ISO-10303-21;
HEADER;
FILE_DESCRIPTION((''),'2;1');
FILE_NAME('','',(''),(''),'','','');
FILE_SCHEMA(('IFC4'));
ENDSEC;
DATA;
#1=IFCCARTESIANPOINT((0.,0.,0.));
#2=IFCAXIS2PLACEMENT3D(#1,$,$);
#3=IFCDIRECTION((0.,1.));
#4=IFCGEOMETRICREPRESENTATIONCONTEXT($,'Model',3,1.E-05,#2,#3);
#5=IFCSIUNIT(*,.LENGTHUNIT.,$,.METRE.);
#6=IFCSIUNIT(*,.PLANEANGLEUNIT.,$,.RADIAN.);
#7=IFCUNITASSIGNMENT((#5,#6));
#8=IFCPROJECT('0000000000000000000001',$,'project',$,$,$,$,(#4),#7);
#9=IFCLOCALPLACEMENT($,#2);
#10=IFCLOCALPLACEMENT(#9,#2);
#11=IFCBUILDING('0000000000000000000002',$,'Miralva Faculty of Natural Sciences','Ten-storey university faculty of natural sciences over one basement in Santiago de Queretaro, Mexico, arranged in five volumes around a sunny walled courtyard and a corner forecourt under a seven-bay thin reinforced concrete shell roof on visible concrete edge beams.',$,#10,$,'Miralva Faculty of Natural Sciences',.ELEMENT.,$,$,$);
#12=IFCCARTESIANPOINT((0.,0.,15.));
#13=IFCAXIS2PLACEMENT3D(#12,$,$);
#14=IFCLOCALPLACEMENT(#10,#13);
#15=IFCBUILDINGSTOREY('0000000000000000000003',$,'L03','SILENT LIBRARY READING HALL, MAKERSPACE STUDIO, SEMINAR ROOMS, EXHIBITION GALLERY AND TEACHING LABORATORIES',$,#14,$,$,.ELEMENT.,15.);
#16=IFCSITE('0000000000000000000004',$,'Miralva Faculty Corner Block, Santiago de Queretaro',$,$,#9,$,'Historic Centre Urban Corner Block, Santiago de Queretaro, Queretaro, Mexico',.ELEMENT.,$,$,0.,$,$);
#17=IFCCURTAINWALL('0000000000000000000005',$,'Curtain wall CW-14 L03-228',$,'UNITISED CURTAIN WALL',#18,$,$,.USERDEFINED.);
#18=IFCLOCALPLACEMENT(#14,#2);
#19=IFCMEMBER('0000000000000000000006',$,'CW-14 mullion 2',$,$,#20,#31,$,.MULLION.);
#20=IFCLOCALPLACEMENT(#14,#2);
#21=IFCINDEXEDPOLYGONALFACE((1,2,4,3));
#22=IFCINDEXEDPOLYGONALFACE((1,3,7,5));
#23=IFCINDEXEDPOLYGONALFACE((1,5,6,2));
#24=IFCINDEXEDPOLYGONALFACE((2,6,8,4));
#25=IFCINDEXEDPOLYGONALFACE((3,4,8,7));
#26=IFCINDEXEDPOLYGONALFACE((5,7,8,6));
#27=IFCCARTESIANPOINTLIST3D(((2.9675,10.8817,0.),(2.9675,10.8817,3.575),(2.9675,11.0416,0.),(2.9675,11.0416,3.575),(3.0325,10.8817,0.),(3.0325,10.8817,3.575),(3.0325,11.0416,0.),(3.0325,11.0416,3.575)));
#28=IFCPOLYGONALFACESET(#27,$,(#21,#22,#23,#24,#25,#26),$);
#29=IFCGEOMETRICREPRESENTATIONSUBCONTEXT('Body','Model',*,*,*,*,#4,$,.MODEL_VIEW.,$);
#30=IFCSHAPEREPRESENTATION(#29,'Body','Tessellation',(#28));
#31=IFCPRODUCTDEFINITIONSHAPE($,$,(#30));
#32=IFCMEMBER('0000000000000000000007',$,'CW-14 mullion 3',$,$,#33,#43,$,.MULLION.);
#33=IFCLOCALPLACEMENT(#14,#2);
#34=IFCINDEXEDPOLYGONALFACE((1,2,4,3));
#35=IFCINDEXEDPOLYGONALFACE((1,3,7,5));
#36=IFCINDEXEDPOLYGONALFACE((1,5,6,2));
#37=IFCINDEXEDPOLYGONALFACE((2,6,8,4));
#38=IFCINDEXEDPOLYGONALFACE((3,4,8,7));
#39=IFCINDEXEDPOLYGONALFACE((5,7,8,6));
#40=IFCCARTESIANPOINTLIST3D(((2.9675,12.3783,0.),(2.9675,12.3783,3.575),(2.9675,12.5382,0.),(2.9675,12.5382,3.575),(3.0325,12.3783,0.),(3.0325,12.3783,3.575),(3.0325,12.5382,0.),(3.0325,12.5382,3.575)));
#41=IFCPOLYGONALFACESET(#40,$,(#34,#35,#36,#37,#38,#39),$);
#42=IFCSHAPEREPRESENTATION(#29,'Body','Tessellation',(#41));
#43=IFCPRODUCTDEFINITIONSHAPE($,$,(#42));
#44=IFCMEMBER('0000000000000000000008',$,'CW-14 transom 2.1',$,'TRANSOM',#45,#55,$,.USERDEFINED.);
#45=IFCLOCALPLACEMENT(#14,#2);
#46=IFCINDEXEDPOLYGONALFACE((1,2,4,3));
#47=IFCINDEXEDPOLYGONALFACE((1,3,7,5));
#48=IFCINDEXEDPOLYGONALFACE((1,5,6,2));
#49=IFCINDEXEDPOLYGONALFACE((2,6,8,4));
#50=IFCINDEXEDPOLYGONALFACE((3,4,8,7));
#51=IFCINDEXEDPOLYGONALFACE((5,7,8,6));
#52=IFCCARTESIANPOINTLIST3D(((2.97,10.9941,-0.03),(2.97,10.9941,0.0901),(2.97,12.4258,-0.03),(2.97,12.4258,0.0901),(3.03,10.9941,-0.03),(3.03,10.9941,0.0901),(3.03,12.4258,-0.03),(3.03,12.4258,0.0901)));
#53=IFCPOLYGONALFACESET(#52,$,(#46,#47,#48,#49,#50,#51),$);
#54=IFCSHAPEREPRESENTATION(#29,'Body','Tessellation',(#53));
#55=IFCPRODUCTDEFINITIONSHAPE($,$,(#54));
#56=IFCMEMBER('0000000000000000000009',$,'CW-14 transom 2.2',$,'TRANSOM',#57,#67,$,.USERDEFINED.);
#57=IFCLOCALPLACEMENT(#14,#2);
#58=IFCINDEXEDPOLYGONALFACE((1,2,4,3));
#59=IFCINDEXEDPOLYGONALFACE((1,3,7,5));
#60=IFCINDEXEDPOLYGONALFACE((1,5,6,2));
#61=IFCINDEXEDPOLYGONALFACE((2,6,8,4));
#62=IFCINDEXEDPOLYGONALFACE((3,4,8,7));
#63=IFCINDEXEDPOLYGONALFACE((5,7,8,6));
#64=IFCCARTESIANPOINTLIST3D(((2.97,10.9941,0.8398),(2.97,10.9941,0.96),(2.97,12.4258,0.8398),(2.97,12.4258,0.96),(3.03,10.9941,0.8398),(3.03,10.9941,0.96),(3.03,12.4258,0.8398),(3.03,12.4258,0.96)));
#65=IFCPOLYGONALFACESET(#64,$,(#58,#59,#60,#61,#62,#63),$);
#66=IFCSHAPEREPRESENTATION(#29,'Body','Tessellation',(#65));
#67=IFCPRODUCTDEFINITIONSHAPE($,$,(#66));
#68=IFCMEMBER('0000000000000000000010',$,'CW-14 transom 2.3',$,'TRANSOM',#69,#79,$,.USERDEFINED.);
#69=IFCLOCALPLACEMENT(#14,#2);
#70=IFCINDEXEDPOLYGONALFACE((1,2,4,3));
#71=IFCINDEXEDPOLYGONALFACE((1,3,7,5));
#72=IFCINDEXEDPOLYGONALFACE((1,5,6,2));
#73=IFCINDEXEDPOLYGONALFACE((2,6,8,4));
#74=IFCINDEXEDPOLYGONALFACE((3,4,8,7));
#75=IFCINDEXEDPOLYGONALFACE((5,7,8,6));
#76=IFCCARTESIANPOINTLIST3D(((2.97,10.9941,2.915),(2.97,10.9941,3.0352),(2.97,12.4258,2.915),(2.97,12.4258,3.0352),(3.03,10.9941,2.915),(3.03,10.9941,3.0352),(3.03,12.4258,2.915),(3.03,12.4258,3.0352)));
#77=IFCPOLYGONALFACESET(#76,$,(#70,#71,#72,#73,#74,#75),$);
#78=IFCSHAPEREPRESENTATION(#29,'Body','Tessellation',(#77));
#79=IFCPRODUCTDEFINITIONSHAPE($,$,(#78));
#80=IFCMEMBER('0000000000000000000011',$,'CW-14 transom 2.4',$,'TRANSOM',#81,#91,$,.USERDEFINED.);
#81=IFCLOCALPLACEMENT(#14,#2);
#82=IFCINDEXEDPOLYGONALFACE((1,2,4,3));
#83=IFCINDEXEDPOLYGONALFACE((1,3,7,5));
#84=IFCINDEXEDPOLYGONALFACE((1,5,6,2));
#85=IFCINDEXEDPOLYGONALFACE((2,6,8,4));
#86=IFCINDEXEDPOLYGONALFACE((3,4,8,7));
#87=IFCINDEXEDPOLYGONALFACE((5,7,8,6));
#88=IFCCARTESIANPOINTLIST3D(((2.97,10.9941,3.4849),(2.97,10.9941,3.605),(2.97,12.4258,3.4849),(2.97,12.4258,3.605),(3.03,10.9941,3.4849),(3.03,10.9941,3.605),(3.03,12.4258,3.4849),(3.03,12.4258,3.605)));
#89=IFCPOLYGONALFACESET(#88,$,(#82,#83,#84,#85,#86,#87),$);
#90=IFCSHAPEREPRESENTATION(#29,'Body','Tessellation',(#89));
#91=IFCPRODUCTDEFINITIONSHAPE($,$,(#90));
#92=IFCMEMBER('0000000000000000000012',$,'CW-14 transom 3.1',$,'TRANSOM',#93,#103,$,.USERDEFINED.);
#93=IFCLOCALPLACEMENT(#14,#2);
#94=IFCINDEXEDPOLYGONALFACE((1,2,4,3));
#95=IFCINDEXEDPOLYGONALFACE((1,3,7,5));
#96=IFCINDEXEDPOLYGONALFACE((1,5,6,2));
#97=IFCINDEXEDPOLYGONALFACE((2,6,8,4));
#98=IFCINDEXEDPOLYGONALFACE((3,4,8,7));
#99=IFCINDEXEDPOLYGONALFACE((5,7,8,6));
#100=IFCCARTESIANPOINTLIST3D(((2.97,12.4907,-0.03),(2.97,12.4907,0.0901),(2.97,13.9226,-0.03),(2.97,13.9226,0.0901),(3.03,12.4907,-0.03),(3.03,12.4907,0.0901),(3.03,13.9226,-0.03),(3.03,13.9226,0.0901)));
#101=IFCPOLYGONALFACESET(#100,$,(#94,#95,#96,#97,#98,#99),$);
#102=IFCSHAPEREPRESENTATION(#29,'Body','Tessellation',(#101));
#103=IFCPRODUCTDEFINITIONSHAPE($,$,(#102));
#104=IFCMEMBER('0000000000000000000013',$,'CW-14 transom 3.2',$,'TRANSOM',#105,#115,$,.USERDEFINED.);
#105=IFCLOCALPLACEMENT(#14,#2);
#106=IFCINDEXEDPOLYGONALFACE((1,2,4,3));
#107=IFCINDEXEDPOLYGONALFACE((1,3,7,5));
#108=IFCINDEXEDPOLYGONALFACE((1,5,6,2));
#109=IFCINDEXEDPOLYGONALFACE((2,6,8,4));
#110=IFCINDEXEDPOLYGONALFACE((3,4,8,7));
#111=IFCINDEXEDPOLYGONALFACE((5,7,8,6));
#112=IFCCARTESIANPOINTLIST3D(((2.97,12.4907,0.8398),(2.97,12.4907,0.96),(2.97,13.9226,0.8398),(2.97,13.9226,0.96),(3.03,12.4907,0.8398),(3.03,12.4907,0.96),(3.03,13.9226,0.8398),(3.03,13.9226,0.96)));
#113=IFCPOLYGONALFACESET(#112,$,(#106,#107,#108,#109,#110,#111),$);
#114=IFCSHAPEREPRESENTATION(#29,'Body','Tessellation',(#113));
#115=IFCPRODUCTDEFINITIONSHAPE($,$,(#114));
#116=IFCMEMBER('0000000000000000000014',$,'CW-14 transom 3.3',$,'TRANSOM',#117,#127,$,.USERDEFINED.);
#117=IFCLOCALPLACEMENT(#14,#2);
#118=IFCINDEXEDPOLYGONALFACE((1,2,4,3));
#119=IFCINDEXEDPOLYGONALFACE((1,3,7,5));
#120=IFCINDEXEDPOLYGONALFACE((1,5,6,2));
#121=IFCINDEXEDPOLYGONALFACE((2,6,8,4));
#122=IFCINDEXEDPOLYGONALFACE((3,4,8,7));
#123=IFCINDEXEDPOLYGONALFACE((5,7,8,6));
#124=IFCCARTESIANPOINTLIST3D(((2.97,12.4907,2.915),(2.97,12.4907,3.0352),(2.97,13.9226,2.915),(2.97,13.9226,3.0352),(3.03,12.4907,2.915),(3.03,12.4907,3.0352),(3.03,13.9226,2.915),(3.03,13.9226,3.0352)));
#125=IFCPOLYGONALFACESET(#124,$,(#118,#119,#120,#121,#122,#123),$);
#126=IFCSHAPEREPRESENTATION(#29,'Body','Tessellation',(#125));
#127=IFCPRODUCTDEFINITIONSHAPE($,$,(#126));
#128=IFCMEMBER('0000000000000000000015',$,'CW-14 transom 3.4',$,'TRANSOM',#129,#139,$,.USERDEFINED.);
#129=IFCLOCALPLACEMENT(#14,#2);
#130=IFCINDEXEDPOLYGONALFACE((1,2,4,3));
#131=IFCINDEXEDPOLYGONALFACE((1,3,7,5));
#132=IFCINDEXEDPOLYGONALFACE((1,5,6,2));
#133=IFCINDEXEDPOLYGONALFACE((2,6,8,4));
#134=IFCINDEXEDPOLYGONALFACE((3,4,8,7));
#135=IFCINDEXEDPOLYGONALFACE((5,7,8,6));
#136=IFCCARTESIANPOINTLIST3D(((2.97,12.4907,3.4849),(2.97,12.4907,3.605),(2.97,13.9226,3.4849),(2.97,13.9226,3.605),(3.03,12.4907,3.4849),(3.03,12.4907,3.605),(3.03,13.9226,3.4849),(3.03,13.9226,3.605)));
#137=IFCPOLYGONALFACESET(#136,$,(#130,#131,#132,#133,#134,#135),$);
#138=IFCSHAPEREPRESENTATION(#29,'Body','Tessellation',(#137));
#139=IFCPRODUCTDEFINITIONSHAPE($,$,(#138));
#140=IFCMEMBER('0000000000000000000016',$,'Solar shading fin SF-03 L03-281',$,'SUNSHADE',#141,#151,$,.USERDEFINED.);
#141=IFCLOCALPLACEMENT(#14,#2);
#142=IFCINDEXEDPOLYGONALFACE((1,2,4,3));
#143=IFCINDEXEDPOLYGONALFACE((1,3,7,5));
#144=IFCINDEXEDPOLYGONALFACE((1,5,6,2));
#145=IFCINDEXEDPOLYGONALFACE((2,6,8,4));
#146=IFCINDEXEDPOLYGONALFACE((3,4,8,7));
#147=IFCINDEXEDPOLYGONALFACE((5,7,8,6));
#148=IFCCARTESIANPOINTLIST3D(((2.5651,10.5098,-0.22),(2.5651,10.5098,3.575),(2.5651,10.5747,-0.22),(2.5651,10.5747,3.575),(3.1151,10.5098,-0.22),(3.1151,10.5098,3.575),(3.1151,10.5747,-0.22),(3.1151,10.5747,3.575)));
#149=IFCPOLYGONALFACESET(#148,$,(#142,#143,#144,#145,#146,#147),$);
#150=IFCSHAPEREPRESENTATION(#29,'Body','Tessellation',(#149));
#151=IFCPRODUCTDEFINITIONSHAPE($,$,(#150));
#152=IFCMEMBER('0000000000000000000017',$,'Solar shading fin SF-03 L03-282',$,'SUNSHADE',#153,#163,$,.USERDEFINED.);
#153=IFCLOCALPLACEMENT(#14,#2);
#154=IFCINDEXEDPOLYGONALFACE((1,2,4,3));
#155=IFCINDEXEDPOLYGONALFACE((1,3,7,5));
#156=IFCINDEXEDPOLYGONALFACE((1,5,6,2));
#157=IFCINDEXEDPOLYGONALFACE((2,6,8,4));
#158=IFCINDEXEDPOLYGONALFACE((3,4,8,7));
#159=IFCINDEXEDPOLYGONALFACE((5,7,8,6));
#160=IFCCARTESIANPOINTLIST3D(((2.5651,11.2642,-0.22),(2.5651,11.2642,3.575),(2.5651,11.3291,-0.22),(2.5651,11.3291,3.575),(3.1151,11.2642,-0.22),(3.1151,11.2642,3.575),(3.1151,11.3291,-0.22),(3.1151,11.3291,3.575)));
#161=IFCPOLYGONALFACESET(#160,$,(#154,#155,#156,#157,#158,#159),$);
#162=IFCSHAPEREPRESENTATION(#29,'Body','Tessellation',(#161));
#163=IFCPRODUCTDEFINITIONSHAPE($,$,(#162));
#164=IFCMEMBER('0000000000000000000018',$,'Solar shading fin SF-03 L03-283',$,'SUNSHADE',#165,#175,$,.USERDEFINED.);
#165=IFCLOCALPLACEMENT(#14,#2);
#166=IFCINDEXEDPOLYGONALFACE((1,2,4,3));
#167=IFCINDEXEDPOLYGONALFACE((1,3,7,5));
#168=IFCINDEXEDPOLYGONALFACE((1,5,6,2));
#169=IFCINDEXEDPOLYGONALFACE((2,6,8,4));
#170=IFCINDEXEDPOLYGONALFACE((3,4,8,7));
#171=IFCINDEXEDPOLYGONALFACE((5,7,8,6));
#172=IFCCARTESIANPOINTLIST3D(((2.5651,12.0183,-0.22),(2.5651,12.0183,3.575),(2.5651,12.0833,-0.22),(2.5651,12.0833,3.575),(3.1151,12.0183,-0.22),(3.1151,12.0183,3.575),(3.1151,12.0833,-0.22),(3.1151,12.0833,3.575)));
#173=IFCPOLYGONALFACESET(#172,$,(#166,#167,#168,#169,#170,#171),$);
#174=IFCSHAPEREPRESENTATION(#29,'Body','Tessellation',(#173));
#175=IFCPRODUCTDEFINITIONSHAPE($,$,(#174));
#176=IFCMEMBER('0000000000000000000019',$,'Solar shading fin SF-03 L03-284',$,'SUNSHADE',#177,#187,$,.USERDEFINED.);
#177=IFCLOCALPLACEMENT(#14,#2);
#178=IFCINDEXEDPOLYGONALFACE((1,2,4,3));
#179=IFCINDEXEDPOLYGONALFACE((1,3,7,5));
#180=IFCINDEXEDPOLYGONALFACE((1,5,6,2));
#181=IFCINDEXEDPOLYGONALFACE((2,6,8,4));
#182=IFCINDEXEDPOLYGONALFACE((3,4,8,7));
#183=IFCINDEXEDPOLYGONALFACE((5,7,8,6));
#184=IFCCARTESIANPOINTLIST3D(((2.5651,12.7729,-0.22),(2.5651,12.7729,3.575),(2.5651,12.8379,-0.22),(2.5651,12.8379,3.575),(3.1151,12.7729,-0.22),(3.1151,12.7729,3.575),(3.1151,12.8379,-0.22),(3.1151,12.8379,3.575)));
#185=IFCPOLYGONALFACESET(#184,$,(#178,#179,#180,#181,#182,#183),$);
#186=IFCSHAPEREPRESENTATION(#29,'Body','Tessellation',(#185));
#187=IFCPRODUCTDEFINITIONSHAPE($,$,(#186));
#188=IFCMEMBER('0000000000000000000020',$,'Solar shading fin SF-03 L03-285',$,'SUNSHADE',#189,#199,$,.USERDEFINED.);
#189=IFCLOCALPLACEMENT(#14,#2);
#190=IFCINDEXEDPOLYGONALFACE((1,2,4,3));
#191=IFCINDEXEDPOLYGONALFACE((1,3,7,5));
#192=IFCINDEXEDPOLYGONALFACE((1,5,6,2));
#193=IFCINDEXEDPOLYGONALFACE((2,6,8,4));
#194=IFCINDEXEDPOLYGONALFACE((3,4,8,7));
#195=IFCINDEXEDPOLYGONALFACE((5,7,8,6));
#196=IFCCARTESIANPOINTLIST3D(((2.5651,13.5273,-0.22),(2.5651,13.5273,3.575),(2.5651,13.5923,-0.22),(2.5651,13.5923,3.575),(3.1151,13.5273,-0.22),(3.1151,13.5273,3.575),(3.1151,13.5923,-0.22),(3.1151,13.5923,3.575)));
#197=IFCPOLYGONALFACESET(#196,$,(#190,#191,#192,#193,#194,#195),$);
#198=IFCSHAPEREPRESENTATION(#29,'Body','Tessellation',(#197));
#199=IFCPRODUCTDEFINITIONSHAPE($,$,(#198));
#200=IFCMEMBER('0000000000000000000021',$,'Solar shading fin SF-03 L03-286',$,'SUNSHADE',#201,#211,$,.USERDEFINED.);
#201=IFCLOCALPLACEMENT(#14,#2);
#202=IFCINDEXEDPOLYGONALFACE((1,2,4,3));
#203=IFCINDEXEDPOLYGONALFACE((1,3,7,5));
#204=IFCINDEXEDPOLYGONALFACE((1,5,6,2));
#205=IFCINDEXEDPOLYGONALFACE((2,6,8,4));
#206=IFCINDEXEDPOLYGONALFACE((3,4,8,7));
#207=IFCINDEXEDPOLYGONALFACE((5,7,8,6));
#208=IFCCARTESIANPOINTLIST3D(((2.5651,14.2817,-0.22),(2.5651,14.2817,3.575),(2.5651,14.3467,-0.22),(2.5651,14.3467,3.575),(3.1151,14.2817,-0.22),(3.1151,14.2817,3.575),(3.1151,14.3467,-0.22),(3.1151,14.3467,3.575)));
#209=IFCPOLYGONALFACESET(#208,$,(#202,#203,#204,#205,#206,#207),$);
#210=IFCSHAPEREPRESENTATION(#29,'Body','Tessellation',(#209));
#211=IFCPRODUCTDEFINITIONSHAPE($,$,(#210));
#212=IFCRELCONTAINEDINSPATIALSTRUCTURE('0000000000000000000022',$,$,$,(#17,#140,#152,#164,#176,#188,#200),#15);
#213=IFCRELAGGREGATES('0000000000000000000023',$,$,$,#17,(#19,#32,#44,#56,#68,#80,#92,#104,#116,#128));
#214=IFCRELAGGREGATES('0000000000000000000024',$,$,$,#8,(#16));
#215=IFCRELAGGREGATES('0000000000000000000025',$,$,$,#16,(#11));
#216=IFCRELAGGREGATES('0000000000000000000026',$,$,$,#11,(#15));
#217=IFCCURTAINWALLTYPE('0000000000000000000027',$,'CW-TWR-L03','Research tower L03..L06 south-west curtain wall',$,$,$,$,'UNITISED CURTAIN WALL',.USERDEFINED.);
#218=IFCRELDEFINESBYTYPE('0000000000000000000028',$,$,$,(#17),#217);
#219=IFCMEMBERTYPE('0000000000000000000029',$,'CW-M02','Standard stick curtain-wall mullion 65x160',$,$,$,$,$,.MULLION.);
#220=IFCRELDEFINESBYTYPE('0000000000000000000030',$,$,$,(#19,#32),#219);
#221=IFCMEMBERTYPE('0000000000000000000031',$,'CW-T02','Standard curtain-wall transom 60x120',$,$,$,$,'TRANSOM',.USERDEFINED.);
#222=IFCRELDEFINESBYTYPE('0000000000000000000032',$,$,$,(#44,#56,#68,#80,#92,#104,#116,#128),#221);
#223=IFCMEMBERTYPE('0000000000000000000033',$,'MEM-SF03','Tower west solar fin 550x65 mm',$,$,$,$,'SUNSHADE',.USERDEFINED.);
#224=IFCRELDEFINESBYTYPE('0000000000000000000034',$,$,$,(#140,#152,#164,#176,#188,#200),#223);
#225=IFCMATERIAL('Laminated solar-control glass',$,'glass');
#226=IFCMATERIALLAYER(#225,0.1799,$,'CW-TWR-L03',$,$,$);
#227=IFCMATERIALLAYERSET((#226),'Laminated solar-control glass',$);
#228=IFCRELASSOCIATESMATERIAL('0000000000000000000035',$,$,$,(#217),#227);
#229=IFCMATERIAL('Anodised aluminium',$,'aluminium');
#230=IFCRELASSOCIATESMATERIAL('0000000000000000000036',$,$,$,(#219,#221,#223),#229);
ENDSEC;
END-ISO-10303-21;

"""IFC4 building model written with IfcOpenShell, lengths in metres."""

from ifc_helpers import new_model, si_unit, direction, frame, origin, origin_2d, place, context, subcontext, project, spatial, rectangle, extrude, material, layer, layer_set, material_profile, profile_set, type_object, element, aggregate, save


model = new_model("IFC4")

# Units and contexts
model_context = context("Model", 3, precision=1e-05, world=origin(), true_north=direction((0.0, 1.0)))
body_context = subcontext(model_context, "Body", "Model", "MODEL_VIEW")
ifc_project = project(units=[si_unit("LENGTHUNIT", "METRE"), si_unit("PLANEANGLEUNIT", "RADIAN")], contexts=[model_context])

# Site, building, storey
site_placement = place(None, origin())
site = spatial("IfcSite", under=ifc_project, at=site_placement, Name="Miralva Faculty Corner Block, Santiago de Queretaro", LongName="Historic Centre Urban Corner Block, Santiago de Queretaro, Queretaro, Mexico", CompositionType="ELEMENT", RefElevation=0.0)
building_placement = place(site_placement, origin())
building = spatial("IfcBuilding", under=site, at=building_placement, Name="Miralva Faculty of Natural Sciences", Description="Ten-storey university faculty of natural sciences over one basement in Santiago de Queretaro, Mexico, arranged in five volumes around a sunny walled courtyard and a corner forecourt under a seven-bay thin reinforced concrete shell roof on visible concrete edge beams.", LongName="Miralva Faculty of Natural Sciences", CompositionType="ELEMENT")
storey_placement = place(building_placement, frame((0.0, 0.0, 15.0)))
storey = spatial("IfcBuildingStorey", under=building, at=storey_placement, Name="L03", Description="SILENT LIBRARY READING HALL, MAKERSPACE STUDIO, SEMINAR ROOMS, EXHIBITION GALLERY AND TEACHING LABORATORIES", CompositionType="ELEMENT", Elevation=15.0)

# Curtain wall, members
ifc_material_1 = material(Name="Laminated solar-control glass", Category="glass")
ifc_layer_1 = layer(ifc_material_1, 0.1799, Name="CW-TWR-L03")
ifc_layer_set_1 = layer_set([ifc_layer_1], Name="Laminated solar-control glass")
curtain_wall_type = type_object("IfcCurtainWallType", Name="CW-TWR-L03", Description="Research tower L03..L06 south-west curtain wall", ElementType="UNITISED CURTAIN WALL", PredefinedType="USERDEFINED", material=ifc_layer_set_1)
curtain_wall_placement = place(storey_placement, origin())
curtain_wall = element("IfcCurtainWall", 1, at=curtain_wall_placement, inside=storey, type_object=curtain_wall_type, Name="Curtain wall CW-14 L03-228", ObjectType="UNITISED CURTAIN WALL", PredefinedType="USERDEFINED")
ifc_material_2 = material(Name="Anodised aluminium", Category="aluminium")
ifc_material_profile_1 = material_profile(ifc_material_2, rectangle(XDim=0.0649, YDim=0.1599, at=origin_2d()), Name="MULLION 65x160")
ifc_profile_set_1 = profile_set([ifc_material_profile_1], Name="Anodised aluminium")
member_type_1 = type_object("IfcMemberType", Name="CW-M02", Description="Standard stick curtain-wall mullion 65x160", PredefinedType="MULLION", material=ifc_profile_set_1)
member_1_placement = place(storey_placement, frame((3.0, 10.9617, 0.0), z_axis=(0.0, 0.0, 1.0), x_axis=(-1.0, 0.0, 0.0)))
member_1 = element("IfcMember", 2, at=member_1_placement, type_object=member_type_1, Name="CW-14 mullion 2", PredefinedType="MULLION", context=body_context, shape_type="SweptSolid", body=[
    extrude(rectangle(XDim=0.0649, YDim=0.1599, at=origin_2d()), origin(), (0.0, 0.0, 1.0), 3.575),
])
member_2_placement = place(storey_placement, frame((3.0, 12.4583, 0.0), z_axis=(0.0, 0.0, 1.0), x_axis=(-1.0, 0.0, 0.0)))
member_2 = element("IfcMember", 3, at=member_2_placement, type_object=member_type_1, Name="CW-14 mullion 3", PredefinedType="MULLION", context=body_context, shape_type="SweptSolid", body=[
    extrude(rectangle(XDim=0.0649, YDim=0.1599, at=origin_2d()), origin(), (0.0, 0.0, 1.0), 3.575),
])
ifc_material_profile_2 = material_profile(ifc_material_2, rectangle(XDim=0.0601, YDim=0.1201, at=origin_2d()), Name="TRANSOM 60x120")
ifc_profile_set_2 = profile_set([ifc_material_profile_2], Name="Anodised aluminium")
member_type_2 = type_object("IfcMemberType", Name="CW-T02", Description="Standard curtain-wall transom 60x120", ElementType="TRANSOM", PredefinedType="USERDEFINED", material=ifc_profile_set_2)
member_3_placement = place(storey_placement, frame((3.0, 10.9941, 0.03), z_axis=(0.0, 1.0, 0.0), x_axis=(-1.0, 0.0, 0.0)))
member_3 = element("IfcMember", 4, at=member_3_placement, type_object=member_type_2, Name="CW-14 transom 2.1", ObjectType="TRANSOM", PredefinedType="USERDEFINED", context=body_context, shape_type="SweptSolid", body=[
    extrude(rectangle(XDim=0.0601, YDim=0.1201, at=origin_2d()), origin(), (0.0, 0.0, 1.0), 1.4316),
])
member_4_placement = place(storey_placement, frame((3.0, 10.9941, 0.8999), z_axis=(0.0, 1.0, 0.0), x_axis=(-1.0, 0.0, 0.0)))
member_4 = element("IfcMember", 5, at=member_4_placement, type_object=member_type_2, Name="CW-14 transom 2.2", ObjectType="TRANSOM", PredefinedType="USERDEFINED", context=body_context, shape_type="SweptSolid", body=[
    extrude(rectangle(XDim=0.0601, YDim=0.1201, at=origin_2d()), origin(), (0.0, 0.0, 1.0), 1.4316),
])
member_5_placement = place(storey_placement, frame((3.0, 10.9941, 2.9751), z_axis=(0.0, 1.0, 0.0), x_axis=(-1.0, 0.0, 0.0)))
member_5 = element("IfcMember", 6, at=member_5_placement, type_object=member_type_2, Name="CW-14 transom 2.3", ObjectType="TRANSOM", PredefinedType="USERDEFINED", context=body_context, shape_type="SweptSolid", body=[
    extrude(rectangle(XDim=0.0601, YDim=0.1201, at=origin_2d()), origin(), (0.0, 0.0, 1.0), 1.4316),
])
member_6_placement = place(storey_placement, frame((3.0, 10.9941, 3.5449), z_axis=(0.0, 1.0, 0.0), x_axis=(-1.0, 0.0, 0.0)))
member_6 = element("IfcMember", 7, at=member_6_placement, type_object=member_type_2, Name="CW-14 transom 2.4", ObjectType="TRANSOM", PredefinedType="USERDEFINED", context=body_context, shape_type="SweptSolid", body=[
    extrude(rectangle(XDim=0.0601, YDim=0.1201, at=origin_2d()), origin(), (0.0, 0.0, 1.0), 1.4316),
])
member_7_placement = place(storey_placement, frame((3.0, 12.4907, 0.03), z_axis=(0.0, 1.0, 0.0), x_axis=(-1.0, 0.0, 0.0)))
member_7 = element("IfcMember", 8, at=member_7_placement, type_object=member_type_2, Name="CW-14 transom 3.1", ObjectType="TRANSOM", PredefinedType="USERDEFINED", context=body_context, shape_type="SweptSolid", body=[
    extrude(rectangle(XDim=0.0601, YDim=0.1201, at=origin_2d()), origin(), (0.0, 0.0, 1.0), 1.4319),
])
member_8_placement = place(storey_placement, frame((3.0, 12.4907, 0.8999), z_axis=(0.0, 1.0, 0.0), x_axis=(-1.0, 0.0, 0.0)))
member_8 = element("IfcMember", 9, at=member_8_placement, type_object=member_type_2, Name="CW-14 transom 3.2", ObjectType="TRANSOM", PredefinedType="USERDEFINED", context=body_context, shape_type="SweptSolid", body=[
    extrude(rectangle(XDim=0.0601, YDim=0.1201, at=origin_2d()), origin(), (0.0, 0.0, 1.0), 1.4319),
])
member_9_placement = place(storey_placement, frame((3.0, 12.4907, 2.9751), z_axis=(0.0, 1.0, 0.0), x_axis=(-1.0, 0.0, 0.0)))
member_9 = element("IfcMember", 10, at=member_9_placement, type_object=member_type_2, Name="CW-14 transom 3.3", ObjectType="TRANSOM", PredefinedType="USERDEFINED", context=body_context, shape_type="SweptSolid", body=[
    extrude(rectangle(XDim=0.0601, YDim=0.1201, at=origin_2d()), origin(), (0.0, 0.0, 1.0), 1.4319),
])
member_10_placement = place(storey_placement, frame((3.0, 12.4907, 3.5449), z_axis=(0.0, 1.0, 0.0), x_axis=(-1.0, 0.0, 0.0)))
member_10 = element("IfcMember", 11, at=member_10_placement, type_object=member_type_2, Name="CW-14 transom 3.4", ObjectType="TRANSOM", PredefinedType="USERDEFINED", context=body_context, shape_type="SweptSolid", body=[
    extrude(rectangle(XDim=0.0601, YDim=0.1201, at=origin_2d()), origin(), (0.0, 0.0, 1.0), 1.4319),
])

# Members
ifc_material_profile_3 = material_profile(ifc_material_2, rectangle(XDim=0.0649, YDim=0.55, at=origin_2d()), Name="FIN 550x65")
ifc_profile_set_3 = profile_set([ifc_material_profile_3], Name="Anodised aluminium")
member_type_3 = type_object("IfcMemberType", Name="MEM-SF03", Description="Tower west solar fin 550x65 mm", ElementType="SUNSHADE", PredefinedType="USERDEFINED", material=ifc_profile_set_3)
for number, where, z_axis, x_axis, name in (
    (12, (2.8401, 10.5422, -0.22), (0.0, 0.0, 1.0), (0.0, -1.0, 0.0), "Solar shading fin SF-03 L03-281"),
    (13, (2.8401, 11.2966, -0.22), (0.0, 0.0, 1.0), (0.0, -1.0, 0.0), "Solar shading fin SF-03 L03-282"),
    (14, (2.8401, 12.0508, -0.22), (0.0, 0.0, 1.0), (0.0, -1.0, 0.0), "Solar shading fin SF-03 L03-283"),
    (15, (2.8401, 12.8054, -0.22), (0.0, 0.0, 1.0), (0.0, -1.0, 0.0), "Solar shading fin SF-03 L03-284"),
    (16, (2.8401, 13.5598, -0.22), (0.0, 0.0, 1.0), (0.0, -1.0, 0.0), "Solar shading fin SF-03 L03-285"),
    (17, (2.8401, 14.3142, -0.22), (0.0, 0.0, 1.0), (0.0, -1.0, 0.0), "Solar shading fin SF-03 L03-286"),
):
    element("IfcMember", number, at=place(storey_placement, frame(where, z_axis=z_axis, x_axis=x_axis)), inside=storey, type_object=member_type_3, Name=name, ObjectType="SUNSHADE", PredefinedType="USERDEFINED", context=body_context, shape_type="SweptSolid", body=[
        extrude(rectangle(XDim=0.0649, YDim=0.55, at=origin_2d()), origin(), (0.0, 0.0, 1.0), 3.7949),
    ])

aggregate(curtain_wall, [member_1, member_2, member_3, member_4, member_5, member_6, member_7, member_8, member_9, member_10])

save(model, "model.ifc")
